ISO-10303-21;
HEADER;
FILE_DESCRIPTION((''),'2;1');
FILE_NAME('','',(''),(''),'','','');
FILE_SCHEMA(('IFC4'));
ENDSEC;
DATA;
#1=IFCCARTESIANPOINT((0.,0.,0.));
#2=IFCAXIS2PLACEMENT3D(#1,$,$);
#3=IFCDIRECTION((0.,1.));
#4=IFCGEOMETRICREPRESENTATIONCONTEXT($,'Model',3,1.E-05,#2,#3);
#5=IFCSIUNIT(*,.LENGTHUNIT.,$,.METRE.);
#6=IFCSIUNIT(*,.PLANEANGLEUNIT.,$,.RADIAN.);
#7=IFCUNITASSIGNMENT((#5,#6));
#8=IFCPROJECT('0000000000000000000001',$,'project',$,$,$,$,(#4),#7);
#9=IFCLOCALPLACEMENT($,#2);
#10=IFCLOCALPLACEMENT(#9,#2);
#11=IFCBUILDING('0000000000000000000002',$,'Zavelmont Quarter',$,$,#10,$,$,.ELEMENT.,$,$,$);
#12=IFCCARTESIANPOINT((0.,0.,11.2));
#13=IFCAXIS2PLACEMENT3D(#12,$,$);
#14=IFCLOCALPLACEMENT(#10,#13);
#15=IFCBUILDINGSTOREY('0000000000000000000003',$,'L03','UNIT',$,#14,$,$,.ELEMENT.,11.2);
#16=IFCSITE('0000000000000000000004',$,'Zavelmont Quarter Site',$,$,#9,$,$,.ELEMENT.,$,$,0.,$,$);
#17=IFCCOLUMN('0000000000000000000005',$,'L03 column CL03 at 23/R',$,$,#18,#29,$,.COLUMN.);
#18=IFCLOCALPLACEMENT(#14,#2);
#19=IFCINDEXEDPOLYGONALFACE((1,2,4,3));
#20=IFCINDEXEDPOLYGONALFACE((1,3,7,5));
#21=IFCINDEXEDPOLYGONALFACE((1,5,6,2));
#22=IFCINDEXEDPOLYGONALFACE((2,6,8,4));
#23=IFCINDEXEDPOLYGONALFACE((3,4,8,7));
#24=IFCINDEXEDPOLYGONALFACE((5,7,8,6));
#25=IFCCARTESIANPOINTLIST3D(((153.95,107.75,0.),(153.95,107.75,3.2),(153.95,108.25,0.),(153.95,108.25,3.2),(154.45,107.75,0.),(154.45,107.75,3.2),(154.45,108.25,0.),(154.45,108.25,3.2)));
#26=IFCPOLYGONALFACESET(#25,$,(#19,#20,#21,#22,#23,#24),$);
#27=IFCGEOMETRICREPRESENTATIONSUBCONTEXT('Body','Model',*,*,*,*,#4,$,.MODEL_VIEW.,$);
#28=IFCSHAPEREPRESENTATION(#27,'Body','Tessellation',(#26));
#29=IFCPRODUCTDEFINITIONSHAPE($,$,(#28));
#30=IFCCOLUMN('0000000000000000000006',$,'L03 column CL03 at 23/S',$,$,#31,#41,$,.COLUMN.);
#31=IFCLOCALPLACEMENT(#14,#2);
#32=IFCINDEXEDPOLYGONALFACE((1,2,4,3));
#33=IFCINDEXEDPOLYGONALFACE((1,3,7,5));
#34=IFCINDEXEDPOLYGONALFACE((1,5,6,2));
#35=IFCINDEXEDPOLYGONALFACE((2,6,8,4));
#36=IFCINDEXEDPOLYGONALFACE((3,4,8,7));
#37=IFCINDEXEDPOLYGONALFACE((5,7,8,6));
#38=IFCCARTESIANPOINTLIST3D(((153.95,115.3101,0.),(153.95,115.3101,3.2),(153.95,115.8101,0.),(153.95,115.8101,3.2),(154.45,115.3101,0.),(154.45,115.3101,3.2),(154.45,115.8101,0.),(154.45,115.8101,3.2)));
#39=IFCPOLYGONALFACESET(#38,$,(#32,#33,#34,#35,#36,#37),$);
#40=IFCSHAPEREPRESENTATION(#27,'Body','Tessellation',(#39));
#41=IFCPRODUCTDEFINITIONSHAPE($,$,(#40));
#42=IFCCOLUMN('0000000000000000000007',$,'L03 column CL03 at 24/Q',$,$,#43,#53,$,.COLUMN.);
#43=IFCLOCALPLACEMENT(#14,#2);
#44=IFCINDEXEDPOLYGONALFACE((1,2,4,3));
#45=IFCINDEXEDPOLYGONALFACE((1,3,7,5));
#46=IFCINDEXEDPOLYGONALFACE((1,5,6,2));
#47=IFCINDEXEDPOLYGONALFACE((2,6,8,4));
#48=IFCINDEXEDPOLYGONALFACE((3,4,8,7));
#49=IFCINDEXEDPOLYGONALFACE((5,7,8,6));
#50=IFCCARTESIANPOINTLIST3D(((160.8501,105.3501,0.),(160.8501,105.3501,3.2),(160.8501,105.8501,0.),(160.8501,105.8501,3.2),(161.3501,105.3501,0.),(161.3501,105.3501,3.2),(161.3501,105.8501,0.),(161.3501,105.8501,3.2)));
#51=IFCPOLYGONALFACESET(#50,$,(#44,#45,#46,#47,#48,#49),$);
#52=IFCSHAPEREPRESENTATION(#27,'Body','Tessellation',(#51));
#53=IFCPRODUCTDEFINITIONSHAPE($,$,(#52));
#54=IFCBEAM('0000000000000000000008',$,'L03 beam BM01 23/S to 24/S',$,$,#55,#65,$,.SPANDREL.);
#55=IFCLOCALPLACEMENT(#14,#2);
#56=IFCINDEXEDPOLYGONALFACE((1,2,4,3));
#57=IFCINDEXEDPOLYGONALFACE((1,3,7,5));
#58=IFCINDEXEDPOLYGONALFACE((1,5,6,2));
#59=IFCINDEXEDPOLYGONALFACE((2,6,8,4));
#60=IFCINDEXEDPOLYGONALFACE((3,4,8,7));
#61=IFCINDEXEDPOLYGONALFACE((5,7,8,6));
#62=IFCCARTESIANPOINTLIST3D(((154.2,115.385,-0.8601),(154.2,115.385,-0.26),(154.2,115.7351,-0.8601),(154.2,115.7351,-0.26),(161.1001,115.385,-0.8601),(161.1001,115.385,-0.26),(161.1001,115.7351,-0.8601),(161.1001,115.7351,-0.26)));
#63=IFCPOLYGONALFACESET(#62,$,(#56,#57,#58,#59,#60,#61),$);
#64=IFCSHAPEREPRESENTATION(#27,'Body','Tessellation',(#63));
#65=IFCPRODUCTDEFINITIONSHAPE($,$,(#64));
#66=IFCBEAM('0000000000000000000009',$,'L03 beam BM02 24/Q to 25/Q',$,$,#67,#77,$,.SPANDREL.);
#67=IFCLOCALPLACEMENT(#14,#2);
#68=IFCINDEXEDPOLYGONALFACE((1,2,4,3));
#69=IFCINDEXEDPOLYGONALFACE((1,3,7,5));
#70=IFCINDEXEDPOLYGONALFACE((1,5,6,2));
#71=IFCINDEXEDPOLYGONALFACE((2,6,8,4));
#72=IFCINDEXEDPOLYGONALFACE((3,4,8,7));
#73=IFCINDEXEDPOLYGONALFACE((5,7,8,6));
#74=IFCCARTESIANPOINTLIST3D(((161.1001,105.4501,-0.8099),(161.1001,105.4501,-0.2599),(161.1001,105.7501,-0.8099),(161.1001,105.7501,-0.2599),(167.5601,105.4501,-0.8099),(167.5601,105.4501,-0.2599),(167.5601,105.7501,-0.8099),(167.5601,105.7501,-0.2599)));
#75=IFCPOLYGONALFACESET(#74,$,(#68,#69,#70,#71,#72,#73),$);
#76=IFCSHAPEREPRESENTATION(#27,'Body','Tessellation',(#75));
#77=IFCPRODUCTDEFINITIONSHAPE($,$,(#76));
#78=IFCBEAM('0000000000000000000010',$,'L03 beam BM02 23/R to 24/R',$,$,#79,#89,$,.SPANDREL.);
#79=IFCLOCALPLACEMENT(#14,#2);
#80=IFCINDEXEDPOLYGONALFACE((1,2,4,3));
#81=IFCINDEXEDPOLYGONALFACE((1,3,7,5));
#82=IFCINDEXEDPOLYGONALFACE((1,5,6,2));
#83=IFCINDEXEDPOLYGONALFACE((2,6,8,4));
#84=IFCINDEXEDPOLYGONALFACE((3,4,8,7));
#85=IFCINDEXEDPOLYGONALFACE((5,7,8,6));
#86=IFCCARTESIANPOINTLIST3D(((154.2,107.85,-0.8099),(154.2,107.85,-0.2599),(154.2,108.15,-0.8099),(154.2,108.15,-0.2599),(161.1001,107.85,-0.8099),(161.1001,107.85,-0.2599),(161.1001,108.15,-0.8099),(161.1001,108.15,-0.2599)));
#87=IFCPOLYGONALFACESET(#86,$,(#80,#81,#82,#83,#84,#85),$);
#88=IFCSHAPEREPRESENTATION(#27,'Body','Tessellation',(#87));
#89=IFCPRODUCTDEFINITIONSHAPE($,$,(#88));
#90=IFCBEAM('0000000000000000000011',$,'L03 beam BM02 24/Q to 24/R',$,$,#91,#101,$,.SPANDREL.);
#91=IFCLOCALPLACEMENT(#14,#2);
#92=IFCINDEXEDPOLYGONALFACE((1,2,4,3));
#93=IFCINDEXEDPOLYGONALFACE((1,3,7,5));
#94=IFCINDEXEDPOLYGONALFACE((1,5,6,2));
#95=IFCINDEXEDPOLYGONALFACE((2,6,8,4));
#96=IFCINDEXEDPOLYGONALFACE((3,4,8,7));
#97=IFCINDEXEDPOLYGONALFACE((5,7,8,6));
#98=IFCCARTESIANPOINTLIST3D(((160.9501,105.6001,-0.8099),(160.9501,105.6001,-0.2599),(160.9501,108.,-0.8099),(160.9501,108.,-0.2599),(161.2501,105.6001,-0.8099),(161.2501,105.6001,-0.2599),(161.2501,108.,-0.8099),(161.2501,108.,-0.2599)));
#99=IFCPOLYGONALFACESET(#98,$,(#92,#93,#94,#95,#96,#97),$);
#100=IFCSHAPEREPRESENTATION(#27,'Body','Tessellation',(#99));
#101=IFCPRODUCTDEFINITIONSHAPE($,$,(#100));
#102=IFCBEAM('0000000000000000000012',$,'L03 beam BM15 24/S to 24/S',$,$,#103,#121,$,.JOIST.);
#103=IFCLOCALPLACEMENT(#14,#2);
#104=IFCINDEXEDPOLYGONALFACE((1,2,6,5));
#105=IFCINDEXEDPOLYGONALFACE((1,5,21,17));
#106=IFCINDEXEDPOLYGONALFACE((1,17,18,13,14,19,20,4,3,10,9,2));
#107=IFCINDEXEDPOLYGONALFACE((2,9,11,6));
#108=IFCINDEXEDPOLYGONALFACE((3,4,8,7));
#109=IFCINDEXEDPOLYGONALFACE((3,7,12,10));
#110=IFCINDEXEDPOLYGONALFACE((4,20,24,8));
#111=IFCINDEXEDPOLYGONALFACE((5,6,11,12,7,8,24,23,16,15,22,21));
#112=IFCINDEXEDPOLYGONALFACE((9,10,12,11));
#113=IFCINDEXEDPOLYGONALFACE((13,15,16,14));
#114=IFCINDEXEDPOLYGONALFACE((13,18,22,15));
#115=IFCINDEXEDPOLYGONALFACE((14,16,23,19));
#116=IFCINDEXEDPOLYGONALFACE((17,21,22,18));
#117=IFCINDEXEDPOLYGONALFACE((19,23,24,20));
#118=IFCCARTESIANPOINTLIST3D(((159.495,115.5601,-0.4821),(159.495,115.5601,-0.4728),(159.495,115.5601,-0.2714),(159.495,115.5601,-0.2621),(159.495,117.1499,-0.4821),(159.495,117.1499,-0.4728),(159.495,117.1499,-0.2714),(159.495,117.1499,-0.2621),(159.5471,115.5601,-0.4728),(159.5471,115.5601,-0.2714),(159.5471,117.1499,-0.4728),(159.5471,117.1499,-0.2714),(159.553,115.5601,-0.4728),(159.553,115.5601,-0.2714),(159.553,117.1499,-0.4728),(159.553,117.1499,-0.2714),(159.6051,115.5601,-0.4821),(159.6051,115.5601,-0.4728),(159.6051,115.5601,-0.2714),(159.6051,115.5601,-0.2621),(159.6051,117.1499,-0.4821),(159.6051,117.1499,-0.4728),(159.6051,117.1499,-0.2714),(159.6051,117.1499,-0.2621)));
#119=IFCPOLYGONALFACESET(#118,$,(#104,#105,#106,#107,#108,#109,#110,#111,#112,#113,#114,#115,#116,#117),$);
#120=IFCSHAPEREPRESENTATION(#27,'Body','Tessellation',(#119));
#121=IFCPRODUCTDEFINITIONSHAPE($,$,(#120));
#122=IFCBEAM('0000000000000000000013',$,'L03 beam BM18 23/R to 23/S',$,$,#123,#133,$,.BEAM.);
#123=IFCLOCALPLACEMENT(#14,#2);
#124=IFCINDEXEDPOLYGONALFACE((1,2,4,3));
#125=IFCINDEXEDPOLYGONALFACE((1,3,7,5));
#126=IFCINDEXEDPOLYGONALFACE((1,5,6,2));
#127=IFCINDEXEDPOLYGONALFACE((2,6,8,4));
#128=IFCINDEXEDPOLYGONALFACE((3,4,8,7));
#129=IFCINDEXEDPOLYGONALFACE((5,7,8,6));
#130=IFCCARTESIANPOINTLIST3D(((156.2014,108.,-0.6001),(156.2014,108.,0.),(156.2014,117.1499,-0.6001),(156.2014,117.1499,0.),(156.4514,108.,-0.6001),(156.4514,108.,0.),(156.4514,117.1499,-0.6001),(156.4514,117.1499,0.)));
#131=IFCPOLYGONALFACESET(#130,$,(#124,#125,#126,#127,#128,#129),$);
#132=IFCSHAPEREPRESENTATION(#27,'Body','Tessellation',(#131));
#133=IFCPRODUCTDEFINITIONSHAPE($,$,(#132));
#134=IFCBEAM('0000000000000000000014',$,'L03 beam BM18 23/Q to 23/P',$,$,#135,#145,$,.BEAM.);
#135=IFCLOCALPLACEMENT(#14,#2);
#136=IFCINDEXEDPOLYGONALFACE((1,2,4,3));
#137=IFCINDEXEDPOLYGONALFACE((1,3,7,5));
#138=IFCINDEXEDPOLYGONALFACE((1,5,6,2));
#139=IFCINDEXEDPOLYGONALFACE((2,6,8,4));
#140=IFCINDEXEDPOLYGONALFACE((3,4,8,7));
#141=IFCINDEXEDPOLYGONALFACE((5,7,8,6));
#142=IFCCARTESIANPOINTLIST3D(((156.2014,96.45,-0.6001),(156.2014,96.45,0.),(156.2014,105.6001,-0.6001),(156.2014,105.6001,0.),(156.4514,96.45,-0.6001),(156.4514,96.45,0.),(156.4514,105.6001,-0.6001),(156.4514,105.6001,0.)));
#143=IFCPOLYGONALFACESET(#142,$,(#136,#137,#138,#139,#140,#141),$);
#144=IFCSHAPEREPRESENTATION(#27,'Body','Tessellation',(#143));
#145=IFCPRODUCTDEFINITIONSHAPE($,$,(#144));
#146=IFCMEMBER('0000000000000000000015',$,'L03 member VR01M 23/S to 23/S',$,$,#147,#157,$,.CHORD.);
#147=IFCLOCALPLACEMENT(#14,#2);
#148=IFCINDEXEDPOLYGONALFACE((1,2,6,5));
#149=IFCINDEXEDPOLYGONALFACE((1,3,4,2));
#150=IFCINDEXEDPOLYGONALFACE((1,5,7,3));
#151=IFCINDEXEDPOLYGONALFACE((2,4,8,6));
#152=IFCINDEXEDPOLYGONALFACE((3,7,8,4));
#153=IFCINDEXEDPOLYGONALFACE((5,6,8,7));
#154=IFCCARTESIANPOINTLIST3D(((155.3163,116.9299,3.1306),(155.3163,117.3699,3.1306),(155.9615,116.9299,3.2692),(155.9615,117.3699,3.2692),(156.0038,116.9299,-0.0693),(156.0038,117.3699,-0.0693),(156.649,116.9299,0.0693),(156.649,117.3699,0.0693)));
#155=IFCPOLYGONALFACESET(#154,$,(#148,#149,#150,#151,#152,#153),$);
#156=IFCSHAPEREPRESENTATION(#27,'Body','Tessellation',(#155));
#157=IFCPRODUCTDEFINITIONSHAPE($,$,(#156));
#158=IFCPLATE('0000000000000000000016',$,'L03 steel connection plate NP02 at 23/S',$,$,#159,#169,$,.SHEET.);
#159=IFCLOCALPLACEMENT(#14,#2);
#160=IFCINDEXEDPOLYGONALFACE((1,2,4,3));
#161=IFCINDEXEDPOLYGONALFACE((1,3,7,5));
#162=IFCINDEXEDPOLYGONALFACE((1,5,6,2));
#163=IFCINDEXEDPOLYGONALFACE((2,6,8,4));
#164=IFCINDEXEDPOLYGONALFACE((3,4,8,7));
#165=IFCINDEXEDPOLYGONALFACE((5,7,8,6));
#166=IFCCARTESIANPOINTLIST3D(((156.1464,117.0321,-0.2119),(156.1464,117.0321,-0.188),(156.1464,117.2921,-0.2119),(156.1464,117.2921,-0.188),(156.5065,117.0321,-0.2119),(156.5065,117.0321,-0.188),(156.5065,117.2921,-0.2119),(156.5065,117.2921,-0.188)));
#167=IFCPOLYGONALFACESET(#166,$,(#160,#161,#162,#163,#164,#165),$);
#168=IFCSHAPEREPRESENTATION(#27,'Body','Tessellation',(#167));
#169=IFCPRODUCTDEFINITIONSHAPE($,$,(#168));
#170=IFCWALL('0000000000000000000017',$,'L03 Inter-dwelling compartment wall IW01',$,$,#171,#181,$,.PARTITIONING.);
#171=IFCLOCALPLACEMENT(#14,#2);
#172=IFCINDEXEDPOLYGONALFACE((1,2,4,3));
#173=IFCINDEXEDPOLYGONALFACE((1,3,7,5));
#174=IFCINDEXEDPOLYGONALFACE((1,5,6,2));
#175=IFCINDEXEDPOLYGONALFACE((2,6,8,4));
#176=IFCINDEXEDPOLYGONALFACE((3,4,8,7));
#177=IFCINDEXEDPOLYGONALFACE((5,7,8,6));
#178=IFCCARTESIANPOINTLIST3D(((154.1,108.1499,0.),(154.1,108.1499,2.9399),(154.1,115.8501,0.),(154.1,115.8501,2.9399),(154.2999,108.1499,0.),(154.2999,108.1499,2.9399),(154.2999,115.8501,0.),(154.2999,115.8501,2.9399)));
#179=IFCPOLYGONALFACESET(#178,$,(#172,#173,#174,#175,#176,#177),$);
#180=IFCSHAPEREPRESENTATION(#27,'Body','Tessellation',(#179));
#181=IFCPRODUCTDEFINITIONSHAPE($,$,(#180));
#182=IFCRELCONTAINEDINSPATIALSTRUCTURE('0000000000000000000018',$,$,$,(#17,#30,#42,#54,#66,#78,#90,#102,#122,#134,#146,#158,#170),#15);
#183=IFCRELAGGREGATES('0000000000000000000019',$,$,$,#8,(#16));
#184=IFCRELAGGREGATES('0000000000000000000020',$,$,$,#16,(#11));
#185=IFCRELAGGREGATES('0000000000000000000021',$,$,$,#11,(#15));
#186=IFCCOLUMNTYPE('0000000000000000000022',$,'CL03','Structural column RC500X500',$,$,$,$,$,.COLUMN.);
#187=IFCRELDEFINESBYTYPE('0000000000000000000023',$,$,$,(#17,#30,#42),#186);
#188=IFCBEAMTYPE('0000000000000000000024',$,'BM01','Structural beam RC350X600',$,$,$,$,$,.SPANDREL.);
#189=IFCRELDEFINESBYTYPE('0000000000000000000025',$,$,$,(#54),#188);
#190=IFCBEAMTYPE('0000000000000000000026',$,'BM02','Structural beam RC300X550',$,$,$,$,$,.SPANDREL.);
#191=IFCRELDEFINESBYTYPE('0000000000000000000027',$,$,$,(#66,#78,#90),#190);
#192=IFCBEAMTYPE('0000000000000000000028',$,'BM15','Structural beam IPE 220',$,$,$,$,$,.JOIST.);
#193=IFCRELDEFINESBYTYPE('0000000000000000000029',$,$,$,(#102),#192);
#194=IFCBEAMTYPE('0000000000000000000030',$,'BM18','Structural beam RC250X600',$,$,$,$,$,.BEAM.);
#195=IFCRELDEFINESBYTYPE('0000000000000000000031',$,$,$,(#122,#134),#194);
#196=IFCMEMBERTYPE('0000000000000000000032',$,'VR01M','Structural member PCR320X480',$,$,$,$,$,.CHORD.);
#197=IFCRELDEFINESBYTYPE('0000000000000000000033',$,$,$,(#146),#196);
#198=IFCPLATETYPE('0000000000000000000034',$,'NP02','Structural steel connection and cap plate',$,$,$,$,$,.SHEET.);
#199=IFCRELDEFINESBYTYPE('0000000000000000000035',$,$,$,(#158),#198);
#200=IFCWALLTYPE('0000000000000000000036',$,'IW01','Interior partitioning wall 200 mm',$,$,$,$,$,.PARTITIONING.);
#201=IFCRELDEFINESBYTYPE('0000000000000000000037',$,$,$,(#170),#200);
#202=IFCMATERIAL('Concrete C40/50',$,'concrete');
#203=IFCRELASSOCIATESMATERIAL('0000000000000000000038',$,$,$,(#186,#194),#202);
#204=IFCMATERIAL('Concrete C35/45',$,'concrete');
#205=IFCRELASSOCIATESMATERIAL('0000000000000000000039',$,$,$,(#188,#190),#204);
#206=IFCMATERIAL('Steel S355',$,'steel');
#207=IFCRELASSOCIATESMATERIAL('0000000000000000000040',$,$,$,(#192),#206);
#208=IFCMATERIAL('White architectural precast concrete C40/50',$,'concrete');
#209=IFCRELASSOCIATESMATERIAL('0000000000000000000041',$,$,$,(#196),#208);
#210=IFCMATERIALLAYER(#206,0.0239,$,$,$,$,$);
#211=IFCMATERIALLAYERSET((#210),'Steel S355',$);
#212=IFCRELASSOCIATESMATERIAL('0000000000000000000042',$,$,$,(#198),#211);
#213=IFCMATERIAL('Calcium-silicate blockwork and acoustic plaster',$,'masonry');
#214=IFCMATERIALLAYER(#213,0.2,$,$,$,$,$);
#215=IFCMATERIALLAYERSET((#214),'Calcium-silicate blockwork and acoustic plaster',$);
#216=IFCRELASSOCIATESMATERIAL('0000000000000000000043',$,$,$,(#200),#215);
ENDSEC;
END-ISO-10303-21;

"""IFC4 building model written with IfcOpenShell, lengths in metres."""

from ifc_helpers import new_model, si_unit, direction, frame, frame_2d, origin, origin_2d, place, context, subcontext, project, spatial, rectangle, i_section, extrude, material, layer, layer_set, material_profile, profile_set, type_object, element, save


model = new_model("IFC4")

# Units and contexts
model_context = context("Model", 3, precision=1e-05, world=origin(), true_north=direction((0.0, 1.0)))
body_context = subcontext(model_context, "Body", "Model", "MODEL_VIEW")
ifc_project = project(units=[si_unit("LENGTHUNIT", "METRE"), si_unit("PLANEANGLEUNIT", "RADIAN")], contexts=[model_context])

# Site, building, storey
site_placement = place(None, origin())
site = spatial("IfcSite", under=ifc_project, at=site_placement, Name="Zavelmont Quarter Site", CompositionType="ELEMENT", RefElevation=0.0)
building_placement = place(site_placement, origin())
building = spatial("IfcBuilding", under=site, at=building_placement, Name="Zavelmont Quarter", CompositionType="ELEMENT")
storey_placement = place(building_placement, frame((0.0, 0.0, 11.2)))
storey = spatial("IfcBuildingStorey", under=building, at=storey_placement, Name="L03", Description="UNIT", CompositionType="ELEMENT", Elevation=11.2)

# Columns
ifc_material_1 = material(Name="Concrete C40/50", Category="concrete")
ifc_material_profile_1 = material_profile(ifc_material_1, rectangle(XDim=0.5, YDim=0.5, at=origin_2d()), Name="RC500X500")
ifc_profile_set_1 = profile_set([ifc_material_profile_1], Name="Concrete C40/50")
column_type = type_object("IfcColumnType", Name="CL03", Description="Structural column RC500X500", PredefinedType="COLUMN", material=ifc_profile_set_1)
for number, where, z_axis, x_axis, name in (
    (1, (154.2, 108.0, 0.0), (0.0, 0.0, 1.0), (1.0, 0.0, 0.0), "L03 column CL03 at 23/R"),
    (2, (154.2, 115.5601, 0.0), (0.0, 0.0, 1.0), (1.0, 0.0, 0.0), "L03 column CL03 at 23/S"),
    (3, (161.1001, 105.6001, 0.0), (0.0, 0.0, 1.0), (1.0, 0.0, 0.0), "L03 column CL03 at 24/Q"),
):
    element("IfcColumn", number, at=place(storey_placement, frame(where, z_axis=z_axis, x_axis=x_axis)), inside=storey, type_object=column_type, Name=name, PredefinedType="COLUMN", context=body_context, shape_type="SweptSolid", body=[
        extrude(rectangle(XDim=0.5, YDim=0.5, at=origin_2d()), origin(), (0.0, 0.0, 1.0), 3.2),
    ])

# Beams
ifc_material_2 = material(Name="Concrete C35/45", Category="concrete")
ifc_material_profile_2 = material_profile(ifc_material_2, rectangle(XDim=0.3501, YDim=0.6001, at=origin_2d()), Name="RC350X600")
ifc_profile_set_2 = profile_set([ifc_material_profile_2], Name="Concrete C35/45")
beam_type_1 = type_object("IfcBeamType", Name="BM01", Description="Structural beam RC350X600", PredefinedType="SPANDREL", material=ifc_profile_set_2)
beam_1_placement = place(storey_placement, frame((154.2, 115.5601, -0.5601), z_axis=(1.0, 0.0, 0.0), x_axis=(0.0, 1.0, 0.0)))
element("IfcBeam", 4, at=beam_1_placement, inside=storey, type_object=beam_type_1, Name="L03 beam BM01 23/S to 24/S", PredefinedType="SPANDREL", context=body_context, shape_type="SweptSolid", body=[
    extrude(rectangle(XDim=0.3501, YDim=0.6001, at=origin_2d()), origin(), (0.0, 0.0, 1.0), 6.9001),
])
ifc_material_profile_3 = material_profile(ifc_material_2, rectangle(XDim=0.3, YDim=0.55, at=origin_2d()), Name="RC300X550")
ifc_profile_set_3 = profile_set([ifc_material_profile_3], Name="Concrete C35/45")
beam_type_2 = type_object("IfcBeamType", Name="BM02", Description="Structural beam RC300X550", PredefinedType="SPANDREL", material=ifc_profile_set_3)
beam_2_placement = place(storey_placement, frame((161.1001, 105.6001, -0.5349), z_axis=(1.0, 0.0, 0.0), x_axis=(0.0, 1.0, 0.0)))
element("IfcBeam", 5, at=beam_2_placement, inside=storey, type_object=beam_type_2, Name="L03 beam BM02 24/Q to 25/Q", PredefinedType="SPANDREL", context=body_context, shape_type="SweptSolid", body=[
    extrude(rectangle(XDim=0.3, YDim=0.55, at=origin_2d()), origin(), (0.0, 0.0, 1.0), 6.46),
])
beam_3_placement = place(storey_placement, frame((154.2, 108.0, -0.5349), z_axis=(1.0, 0.0, 0.0), x_axis=(0.0, 1.0, 0.0)))
element("IfcBeam", 6, at=beam_3_placement, inside=storey, type_object=beam_type_2, Name="L03 beam BM02 23/R to 24/R", PredefinedType="SPANDREL", context=body_context, shape_type="SweptSolid", body=[
    extrude(rectangle(XDim=0.3, YDim=0.55, at=origin_2d()), origin(), (0.0, 0.0, 1.0), 6.9001),
])
beam_4_placement = place(storey_placement, frame((161.1001, 105.6001, -0.5349), z_axis=(0.0, 1.0, 0.0), x_axis=(-1.0, 0.0, 0.0)))
element("IfcBeam", 7, at=beam_4_placement, inside=storey, type_object=beam_type_2, Name="L03 beam BM02 24/Q to 24/R", PredefinedType="SPANDREL", context=body_context, shape_type="SweptSolid", body=[
    extrude(rectangle(XDim=0.3, YDim=0.55, at=origin_2d()), origin(), (0.0, 0.0, 1.0), 2.3999),
])
ifc_material_3 = material(Name="Steel S355", Category="steel")
ifc_material_profile_4 = material_profile(ifc_material_3, i_section(OverallWidth=0.1101, OverallDepth=0.22, WebThickness=0.0059, FlangeThickness=0.0093, at=origin_2d()), Name="IPE 220")
ifc_profile_set_4 = profile_set([ifc_material_profile_4], Name="Steel S355")
beam_type_3 = type_object("IfcBeamType", Name="BM15", Description="Structural beam IPE 220", PredefinedType="JOIST", material=ifc_profile_set_4)
beam_5_placement = place(storey_placement, frame((159.55, 115.5601, -0.3721), z_axis=(0.0, 1.0, 0.0), x_axis=(-1.0, 0.0, 0.0)))
element("IfcBeam", 8, at=beam_5_placement, inside=storey, type_object=beam_type_3, Name="L03 beam BM15 24/S to 24/S", PredefinedType="JOIST", context=body_context, shape_type="SweptSolid", body=[
    extrude(i_section(OverallWidth=0.1101, OverallDepth=0.22, WebThickness=0.0059, FlangeThickness=0.0093, at=origin_2d()), origin(), (0.0, 0.0, 1.0), 1.5898),
])
ifc_material_profile_5 = material_profile(ifc_material_1, rectangle(XDim=0.25, YDim=0.6001, at=origin_2d()), Name="RC250X600")
ifc_profile_set_5 = profile_set([ifc_material_profile_5], Name="Concrete C40/50")
beam_type_4 = type_object("IfcBeamType", Name="BM18", Description="Structural beam RC250X600", PredefinedType="BEAM", material=ifc_profile_set_5)
beam_6_placement = place(storey_placement, frame((156.3264, 108.0, -0.3), z_axis=(0.0, 1.0, 0.0), x_axis=(-1.0, 0.0, 0.0)))
element("IfcBeam", 9, at=beam_6_placement, inside=storey, type_object=beam_type_4, Name="L03 beam BM18 23/R to 23/S", PredefinedType="BEAM", context=body_context, shape_type="SweptSolid", body=[
    extrude(rectangle(XDim=0.25, YDim=0.6001, at=origin_2d()), origin(), (0.0, 0.0, 1.0), 9.1499),
])
beam_7_placement = place(storey_placement, frame((156.3264, 105.6001, -0.3), z_axis=(0.0, -1.0, 0.0), x_axis=(1.0, 0.0, 0.0)))
element("IfcBeam", 10, at=beam_7_placement, inside=storey, type_object=beam_type_4, Name="L03 beam BM18 23/Q to 23/P", PredefinedType="BEAM", context=body_context, shape_type="SweptSolid", body=[
    extrude(rectangle(XDim=0.25, YDim=0.6001, at=origin_2d()), origin(), (0.0, 0.0, 1.0), 9.1501),
])

# Member
ifc_material_4 = material(Name="White architectural precast concrete C40/50", Category="concrete")
ifc_material_profile_6 = material_profile(ifc_material_4, rectangle(XDim=0.4399, YDim=0.6599, at=origin_2d()), Name="PCR320X480")
ifc_profile_set_6 = profile_set([ifc_material_profile_6], Name="White architectural precast concrete C40/50")
member_type = type_object("IfcMemberType", Name="VR01M", Description="Structural member PCR320X480", PredefinedType="CHORD", material=ifc_profile_set_6)
member_placement = place(storey_placement, frame((156.3264, 117.1499, 0.0), z_axis=(-0.210054, 0.0, 0.97769), x_axis=(0.0, -1.0, 0.0)))
element("IfcMember", 11, at=member_placement, inside=storey, type_object=member_type, Name="L03 member VR01M 23/S to 23/S", PredefinedType="CHORD", context=body_context, shape_type="SweptSolid", body=[
    extrude(rectangle(XDim=0.4399, YDim=0.6599, at=origin_2d()), origin(), (0.0, 0.0, 1.0), 3.2729),
])

# Plate
ifc_layer_1 = layer(ifc_material_3, 0.0239)
ifc_layer_set_1 = layer_set([ifc_layer_1], Name="Steel S355")
plate_type = type_object("IfcPlateType", Name="NP02", Description="Structural steel connection and cap plate", PredefinedType="SHEET", material=ifc_layer_set_1)
plate_placement = place(storey_placement, frame((156.3264, 117.1621, -0.2119), z_axis=(0.0, 0.0, 1.0), x_axis=(1.0, 0.0, 0.0)))
element("IfcPlate", 12, at=plate_placement, inside=storey, type_object=plate_type, Name="L03 steel connection plate NP02 at 23/S", PredefinedType="SHEET", context=body_context, shape_type="SweptSolid", body=[
    extrude(rectangle(XDim=0.3601, YDim=0.26, at=origin_2d()), origin(), (0.0, 0.0, 1.0), 0.0239),
])

# Wall
ifc_material_5 = material(Name="Calcium-silicate blockwork and acoustic plaster", Category="masonry")
ifc_layer_2 = layer(ifc_material_5, 0.2)
ifc_layer_set_2 = layer_set([ifc_layer_2], Name="Calcium-silicate blockwork and acoustic plaster")
wall_type_1 = type_object("IfcWallType", Name="IW01", Description="Interior partitioning wall 200 mm", PredefinedType="PARTITIONING", material=ifc_layer_set_2)
wall_1_placement = place(storey_placement, frame((154.2, 108.1499, 0.0), z_axis=(0.0, 0.0, 1.0), x_axis=(0.0, 1.0, 0.0)))
element("IfcWall", 13, at=wall_1_placement, inside=storey, type_object=wall_type_1, Name="L03 Inter-dwelling compartment wall IW01", PredefinedType="PARTITIONING", context=body_context, shape_type="SweptSolid", body=[
    extrude(rectangle(XDim=7.7002, YDim=0.2, at=frame_2d((3.8501, 0.0))), origin(), (0.0, 0.0, 1.0), 2.9399),
])

save(model, "model.ifc")
